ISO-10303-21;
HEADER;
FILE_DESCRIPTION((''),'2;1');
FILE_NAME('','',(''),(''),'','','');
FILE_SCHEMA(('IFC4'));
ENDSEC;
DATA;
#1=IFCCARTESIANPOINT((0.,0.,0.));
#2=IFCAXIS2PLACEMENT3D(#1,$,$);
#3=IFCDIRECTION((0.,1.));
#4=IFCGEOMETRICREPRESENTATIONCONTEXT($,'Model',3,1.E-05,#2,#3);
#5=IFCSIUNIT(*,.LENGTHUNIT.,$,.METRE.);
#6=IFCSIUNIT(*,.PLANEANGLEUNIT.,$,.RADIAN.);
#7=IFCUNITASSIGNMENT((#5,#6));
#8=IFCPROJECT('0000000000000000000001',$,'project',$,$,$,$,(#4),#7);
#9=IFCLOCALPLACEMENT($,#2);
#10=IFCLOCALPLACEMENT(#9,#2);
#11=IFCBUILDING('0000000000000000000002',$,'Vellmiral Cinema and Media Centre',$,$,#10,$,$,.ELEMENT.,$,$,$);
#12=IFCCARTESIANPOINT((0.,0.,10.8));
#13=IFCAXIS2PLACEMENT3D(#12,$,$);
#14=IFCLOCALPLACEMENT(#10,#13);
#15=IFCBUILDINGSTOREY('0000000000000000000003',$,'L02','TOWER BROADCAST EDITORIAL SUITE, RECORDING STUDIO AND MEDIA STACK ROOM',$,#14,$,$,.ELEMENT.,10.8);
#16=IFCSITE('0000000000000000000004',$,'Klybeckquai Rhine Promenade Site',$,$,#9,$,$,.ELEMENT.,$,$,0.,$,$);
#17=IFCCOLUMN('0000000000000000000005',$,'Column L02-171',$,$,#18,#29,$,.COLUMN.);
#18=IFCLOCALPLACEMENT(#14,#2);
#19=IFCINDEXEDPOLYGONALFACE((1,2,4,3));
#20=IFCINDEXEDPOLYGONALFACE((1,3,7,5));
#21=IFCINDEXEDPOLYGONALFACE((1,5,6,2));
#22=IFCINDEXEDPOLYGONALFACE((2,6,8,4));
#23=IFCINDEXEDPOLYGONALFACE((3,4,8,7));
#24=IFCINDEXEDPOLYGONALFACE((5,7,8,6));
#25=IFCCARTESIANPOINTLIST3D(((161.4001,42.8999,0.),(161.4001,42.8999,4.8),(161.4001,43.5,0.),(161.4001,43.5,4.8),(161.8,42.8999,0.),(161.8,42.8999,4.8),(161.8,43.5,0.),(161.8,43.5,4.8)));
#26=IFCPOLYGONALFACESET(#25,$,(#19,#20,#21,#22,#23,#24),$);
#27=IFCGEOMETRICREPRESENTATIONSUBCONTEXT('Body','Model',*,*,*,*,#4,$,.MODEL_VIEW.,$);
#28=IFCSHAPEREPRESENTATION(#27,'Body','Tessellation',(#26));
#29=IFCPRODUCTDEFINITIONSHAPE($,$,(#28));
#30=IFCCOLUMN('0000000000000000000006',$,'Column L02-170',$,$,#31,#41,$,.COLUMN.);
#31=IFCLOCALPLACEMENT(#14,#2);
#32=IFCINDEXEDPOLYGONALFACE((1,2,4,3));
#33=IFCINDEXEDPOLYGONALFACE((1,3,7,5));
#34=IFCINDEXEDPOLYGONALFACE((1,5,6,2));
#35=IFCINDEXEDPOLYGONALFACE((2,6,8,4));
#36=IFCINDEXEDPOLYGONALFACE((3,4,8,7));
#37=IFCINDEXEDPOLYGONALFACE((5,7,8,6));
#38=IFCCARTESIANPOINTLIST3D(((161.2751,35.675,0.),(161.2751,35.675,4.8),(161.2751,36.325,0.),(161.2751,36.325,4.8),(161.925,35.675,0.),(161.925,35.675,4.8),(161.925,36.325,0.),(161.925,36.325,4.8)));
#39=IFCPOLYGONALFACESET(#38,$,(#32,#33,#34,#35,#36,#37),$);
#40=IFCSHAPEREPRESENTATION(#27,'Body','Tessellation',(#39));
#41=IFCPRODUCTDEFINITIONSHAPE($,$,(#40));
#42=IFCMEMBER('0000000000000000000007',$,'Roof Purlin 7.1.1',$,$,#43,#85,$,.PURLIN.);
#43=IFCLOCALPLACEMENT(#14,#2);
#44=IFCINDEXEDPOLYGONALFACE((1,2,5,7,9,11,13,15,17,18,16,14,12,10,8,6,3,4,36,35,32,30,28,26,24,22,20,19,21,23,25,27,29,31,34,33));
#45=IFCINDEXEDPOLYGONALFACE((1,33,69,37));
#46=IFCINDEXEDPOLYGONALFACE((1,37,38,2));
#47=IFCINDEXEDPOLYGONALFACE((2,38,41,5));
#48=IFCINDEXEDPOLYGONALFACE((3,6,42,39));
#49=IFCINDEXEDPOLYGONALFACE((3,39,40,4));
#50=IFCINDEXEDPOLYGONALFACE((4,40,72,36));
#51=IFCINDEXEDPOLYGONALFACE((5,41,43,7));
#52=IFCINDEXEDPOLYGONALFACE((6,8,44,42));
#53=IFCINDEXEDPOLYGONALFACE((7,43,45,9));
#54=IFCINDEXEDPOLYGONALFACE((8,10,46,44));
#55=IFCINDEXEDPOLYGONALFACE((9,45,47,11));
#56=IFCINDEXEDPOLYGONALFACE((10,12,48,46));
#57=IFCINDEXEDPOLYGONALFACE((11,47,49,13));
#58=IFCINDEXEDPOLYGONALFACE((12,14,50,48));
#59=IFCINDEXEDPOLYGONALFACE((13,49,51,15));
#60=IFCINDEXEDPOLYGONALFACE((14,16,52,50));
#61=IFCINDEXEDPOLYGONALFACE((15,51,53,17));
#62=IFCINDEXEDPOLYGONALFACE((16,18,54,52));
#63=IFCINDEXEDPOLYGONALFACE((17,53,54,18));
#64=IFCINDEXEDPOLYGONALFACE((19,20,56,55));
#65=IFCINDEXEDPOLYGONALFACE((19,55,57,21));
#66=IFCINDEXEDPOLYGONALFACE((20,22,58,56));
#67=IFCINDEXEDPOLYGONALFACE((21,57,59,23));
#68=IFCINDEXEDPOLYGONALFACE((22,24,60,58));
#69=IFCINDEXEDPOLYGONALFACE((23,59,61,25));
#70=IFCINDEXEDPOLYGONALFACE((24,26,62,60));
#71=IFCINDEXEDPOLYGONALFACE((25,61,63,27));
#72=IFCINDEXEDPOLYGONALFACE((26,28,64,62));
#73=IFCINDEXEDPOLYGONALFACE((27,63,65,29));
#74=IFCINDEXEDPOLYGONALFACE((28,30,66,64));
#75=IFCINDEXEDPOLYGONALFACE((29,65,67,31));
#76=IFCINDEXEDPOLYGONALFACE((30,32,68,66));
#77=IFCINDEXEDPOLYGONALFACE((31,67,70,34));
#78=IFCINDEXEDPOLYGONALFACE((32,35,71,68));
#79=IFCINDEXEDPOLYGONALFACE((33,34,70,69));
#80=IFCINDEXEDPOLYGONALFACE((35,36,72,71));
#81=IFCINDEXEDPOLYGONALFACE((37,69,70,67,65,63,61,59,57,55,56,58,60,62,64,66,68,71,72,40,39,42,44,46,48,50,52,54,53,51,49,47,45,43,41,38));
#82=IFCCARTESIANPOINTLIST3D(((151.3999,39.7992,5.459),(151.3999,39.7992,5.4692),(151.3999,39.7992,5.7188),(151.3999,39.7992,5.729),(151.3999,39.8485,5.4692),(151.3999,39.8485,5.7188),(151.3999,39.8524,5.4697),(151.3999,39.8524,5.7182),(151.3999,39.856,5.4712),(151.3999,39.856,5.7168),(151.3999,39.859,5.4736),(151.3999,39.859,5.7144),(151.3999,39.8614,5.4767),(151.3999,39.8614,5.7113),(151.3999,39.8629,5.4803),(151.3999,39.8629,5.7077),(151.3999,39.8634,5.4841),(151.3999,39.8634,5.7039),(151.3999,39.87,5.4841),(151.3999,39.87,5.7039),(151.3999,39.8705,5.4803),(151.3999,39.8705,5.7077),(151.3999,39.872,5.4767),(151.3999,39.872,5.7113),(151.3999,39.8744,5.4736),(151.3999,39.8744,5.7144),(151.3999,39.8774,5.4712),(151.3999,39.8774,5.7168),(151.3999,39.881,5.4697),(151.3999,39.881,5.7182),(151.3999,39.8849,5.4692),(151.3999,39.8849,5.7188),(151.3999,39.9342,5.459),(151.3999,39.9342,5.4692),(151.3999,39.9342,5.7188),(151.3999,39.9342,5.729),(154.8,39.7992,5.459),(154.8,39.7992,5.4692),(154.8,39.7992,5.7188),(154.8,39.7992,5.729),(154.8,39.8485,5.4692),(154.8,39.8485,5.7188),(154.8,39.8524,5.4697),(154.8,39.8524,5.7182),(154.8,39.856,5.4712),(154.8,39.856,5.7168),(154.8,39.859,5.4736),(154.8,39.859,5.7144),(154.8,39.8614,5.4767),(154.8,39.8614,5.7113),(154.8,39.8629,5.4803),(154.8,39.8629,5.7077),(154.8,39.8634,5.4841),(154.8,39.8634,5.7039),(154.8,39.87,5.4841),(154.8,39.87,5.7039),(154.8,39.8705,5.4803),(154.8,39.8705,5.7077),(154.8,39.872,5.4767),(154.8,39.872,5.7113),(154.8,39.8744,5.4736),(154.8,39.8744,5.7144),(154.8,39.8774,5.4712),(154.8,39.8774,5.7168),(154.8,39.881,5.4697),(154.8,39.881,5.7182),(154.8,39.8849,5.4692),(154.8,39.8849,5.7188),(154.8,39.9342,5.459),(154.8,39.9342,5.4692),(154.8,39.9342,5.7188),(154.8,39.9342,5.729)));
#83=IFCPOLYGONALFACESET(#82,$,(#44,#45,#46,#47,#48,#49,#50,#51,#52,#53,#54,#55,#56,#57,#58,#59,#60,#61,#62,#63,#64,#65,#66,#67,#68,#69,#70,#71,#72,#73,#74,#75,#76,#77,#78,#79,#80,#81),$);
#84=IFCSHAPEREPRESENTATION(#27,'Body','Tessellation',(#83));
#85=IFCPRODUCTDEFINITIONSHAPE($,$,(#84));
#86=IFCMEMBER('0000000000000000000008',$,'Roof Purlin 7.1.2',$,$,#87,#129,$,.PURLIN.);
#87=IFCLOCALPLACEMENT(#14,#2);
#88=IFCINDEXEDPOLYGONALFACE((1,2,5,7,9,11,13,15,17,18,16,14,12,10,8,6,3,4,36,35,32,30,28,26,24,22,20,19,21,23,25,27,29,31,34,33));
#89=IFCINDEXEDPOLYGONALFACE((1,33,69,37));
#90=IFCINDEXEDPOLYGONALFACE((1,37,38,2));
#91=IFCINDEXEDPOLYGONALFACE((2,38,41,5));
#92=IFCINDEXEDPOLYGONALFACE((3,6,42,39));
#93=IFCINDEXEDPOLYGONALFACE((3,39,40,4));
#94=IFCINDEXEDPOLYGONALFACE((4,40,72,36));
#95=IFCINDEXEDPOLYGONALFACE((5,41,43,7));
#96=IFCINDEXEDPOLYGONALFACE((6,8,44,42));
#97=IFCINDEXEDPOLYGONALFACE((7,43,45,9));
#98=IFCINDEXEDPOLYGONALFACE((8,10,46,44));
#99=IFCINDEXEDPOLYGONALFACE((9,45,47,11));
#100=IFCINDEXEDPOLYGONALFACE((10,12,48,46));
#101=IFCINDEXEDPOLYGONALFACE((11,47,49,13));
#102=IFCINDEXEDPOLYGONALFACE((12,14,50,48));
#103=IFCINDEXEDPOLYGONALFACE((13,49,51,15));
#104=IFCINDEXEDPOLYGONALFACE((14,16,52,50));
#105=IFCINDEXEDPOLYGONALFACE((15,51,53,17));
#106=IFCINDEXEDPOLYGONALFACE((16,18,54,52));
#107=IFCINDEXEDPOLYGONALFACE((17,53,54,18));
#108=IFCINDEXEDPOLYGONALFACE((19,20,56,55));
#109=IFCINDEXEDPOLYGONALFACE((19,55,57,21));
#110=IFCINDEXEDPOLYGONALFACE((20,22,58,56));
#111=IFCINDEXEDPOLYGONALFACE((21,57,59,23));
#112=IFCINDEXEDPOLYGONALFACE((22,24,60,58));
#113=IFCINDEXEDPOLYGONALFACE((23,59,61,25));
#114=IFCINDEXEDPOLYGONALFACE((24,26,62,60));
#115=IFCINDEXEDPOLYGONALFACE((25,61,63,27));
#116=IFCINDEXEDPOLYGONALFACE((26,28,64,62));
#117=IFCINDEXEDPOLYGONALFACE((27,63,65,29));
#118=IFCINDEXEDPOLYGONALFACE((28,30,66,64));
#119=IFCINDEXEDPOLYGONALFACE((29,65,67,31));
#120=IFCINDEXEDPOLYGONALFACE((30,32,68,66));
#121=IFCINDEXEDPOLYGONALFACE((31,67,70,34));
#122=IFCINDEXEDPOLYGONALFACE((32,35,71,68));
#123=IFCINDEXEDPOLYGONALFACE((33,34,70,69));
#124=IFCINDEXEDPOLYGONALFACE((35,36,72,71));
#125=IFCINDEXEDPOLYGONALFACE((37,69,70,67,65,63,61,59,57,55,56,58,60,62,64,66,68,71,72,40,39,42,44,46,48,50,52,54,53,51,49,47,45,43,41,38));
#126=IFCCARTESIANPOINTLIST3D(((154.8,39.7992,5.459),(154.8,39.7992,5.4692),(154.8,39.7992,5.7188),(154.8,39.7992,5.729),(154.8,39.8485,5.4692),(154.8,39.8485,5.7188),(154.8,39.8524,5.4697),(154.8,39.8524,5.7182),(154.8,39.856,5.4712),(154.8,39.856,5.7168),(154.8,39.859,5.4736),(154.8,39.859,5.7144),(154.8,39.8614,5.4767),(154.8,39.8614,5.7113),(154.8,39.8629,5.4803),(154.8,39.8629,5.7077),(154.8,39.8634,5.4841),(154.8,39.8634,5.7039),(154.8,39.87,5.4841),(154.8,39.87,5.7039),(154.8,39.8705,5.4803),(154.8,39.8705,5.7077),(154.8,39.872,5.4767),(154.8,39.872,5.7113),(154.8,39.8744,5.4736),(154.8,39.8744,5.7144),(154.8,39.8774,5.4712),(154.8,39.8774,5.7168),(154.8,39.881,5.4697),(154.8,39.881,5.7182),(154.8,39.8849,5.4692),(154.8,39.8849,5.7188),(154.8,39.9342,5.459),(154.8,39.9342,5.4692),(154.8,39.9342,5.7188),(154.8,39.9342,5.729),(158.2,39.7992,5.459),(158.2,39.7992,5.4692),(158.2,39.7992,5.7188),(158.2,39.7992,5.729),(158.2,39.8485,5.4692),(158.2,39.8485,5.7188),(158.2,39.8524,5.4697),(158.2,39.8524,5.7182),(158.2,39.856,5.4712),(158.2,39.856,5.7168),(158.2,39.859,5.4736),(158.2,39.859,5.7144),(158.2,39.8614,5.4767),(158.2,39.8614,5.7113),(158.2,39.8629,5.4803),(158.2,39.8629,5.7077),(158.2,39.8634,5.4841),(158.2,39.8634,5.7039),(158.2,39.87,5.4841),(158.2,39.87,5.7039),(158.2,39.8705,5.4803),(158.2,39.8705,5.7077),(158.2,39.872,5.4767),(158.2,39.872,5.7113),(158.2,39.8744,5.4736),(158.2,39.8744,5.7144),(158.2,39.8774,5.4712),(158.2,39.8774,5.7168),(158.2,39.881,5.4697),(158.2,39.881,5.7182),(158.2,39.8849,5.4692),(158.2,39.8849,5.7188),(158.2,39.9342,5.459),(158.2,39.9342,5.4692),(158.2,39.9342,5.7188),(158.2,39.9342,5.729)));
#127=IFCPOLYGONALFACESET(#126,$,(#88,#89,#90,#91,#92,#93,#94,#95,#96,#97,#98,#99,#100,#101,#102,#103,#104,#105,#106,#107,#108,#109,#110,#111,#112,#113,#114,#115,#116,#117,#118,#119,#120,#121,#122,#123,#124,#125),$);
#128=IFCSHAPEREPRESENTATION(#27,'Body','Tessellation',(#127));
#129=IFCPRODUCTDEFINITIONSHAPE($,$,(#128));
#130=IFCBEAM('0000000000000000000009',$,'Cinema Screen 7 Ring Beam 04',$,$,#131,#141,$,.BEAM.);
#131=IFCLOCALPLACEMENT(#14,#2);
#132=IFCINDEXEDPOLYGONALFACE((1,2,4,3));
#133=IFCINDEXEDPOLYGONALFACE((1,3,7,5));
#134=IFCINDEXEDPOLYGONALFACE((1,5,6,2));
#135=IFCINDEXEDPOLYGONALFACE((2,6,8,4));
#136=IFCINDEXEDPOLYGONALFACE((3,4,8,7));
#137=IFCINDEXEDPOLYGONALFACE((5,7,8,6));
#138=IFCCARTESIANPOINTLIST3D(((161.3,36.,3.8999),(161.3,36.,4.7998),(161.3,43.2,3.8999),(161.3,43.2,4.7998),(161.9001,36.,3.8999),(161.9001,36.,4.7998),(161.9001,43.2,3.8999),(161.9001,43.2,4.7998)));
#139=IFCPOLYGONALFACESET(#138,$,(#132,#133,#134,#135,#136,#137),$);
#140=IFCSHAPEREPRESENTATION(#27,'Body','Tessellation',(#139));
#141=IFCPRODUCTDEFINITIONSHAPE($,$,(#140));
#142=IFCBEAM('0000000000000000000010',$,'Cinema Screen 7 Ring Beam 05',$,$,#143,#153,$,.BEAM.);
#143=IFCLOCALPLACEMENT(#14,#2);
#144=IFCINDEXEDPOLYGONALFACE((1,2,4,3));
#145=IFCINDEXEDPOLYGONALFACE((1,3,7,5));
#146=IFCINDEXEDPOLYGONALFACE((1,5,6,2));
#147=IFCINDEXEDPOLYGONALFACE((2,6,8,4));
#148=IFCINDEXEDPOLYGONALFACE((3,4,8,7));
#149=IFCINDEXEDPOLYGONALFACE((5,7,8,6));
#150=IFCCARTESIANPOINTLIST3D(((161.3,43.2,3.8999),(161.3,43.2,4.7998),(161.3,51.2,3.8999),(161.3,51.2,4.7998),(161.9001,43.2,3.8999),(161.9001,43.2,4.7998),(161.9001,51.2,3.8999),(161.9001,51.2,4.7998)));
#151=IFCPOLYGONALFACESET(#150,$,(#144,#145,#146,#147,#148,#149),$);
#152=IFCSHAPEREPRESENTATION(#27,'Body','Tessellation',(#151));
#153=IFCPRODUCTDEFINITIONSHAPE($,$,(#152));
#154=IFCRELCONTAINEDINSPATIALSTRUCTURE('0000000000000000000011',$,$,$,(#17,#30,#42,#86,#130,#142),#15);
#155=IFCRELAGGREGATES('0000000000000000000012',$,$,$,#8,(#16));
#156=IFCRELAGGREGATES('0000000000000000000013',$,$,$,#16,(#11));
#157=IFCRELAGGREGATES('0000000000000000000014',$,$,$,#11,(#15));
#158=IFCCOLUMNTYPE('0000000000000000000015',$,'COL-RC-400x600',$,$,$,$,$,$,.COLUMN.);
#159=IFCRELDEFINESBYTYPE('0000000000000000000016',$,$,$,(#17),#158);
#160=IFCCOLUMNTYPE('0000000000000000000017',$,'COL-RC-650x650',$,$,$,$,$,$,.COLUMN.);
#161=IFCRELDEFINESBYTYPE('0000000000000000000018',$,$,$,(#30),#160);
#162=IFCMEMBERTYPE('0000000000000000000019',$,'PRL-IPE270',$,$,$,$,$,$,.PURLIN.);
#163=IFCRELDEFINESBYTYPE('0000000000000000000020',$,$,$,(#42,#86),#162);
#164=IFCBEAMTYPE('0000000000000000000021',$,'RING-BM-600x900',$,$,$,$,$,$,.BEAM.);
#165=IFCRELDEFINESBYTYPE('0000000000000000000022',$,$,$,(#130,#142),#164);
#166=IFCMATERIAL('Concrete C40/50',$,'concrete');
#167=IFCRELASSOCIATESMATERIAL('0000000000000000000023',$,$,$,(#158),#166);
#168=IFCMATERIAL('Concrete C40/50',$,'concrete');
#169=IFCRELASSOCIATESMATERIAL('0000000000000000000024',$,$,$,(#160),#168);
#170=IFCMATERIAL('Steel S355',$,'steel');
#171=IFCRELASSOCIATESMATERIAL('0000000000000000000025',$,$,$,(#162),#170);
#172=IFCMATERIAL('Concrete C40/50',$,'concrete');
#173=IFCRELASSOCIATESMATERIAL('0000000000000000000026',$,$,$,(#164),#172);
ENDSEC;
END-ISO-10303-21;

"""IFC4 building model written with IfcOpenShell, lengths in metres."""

from ifc_helpers import new_model, si_unit, direction, frame, origin, origin_2d, place, context, subcontext, project, spatial, rectangle, i_section, extrude, material, material_profile, profile_set, type_object, element, save


model = new_model("IFC4")

# Units and contexts
model_context = context("Model", 3, precision=1e-05, world=origin(), true_north=direction((0.0, 1.0)))
body_context = subcontext(model_context, "Body", "Model", "MODEL_VIEW")
ifc_project = project(units=[si_unit("LENGTHUNIT", "METRE"), si_unit("PLANEANGLEUNIT", "RADIAN")], contexts=[model_context])

# Site, building, storey
site_placement = place(None, origin())
site = spatial("IfcSite", under=ifc_project, at=site_placement, Name="Klybeckquai Rhine Promenade Site", CompositionType="ELEMENT", RefElevation=0.0)
building_placement = place(site_placement, origin())
building = spatial("IfcBuilding", under=site, at=building_placement, Name="Vellmiral Cinema and Media Centre", CompositionType="ELEMENT")
storey_placement = place(building_placement, frame((0.0, 0.0, 10.8)))
storey = spatial("IfcBuildingStorey", under=building, at=storey_placement, Name="L02", Description="TOWER BROADCAST EDITORIAL SUITE, RECORDING STUDIO AND MEDIA STACK ROOM", CompositionType="ELEMENT", Elevation=10.8)

# Columns
ifc_material_1 = material(Name="Concrete C40/50", Category="concrete")
ifc_material_profile_1 = material_profile(ifc_material_1, rectangle(XDim=0.3999, YDim=0.6001, at=origin_2d()), Name="RC 400x600")
ifc_profile_set_1 = profile_set([ifc_material_profile_1], Name="Concrete C40/50")
column_type_1 = type_object("IfcColumnType", Name="COL-RC-400x600", PredefinedType="COLUMN", material=ifc_profile_set_1)
column_1_placement = place(storey_placement, frame((161.6001, 43.2, 0.0), z_axis=(0.0, 0.0, 1.0), x_axis=(1.0, 0.0, 0.0)))
element("IfcColumn", 1, at=column_1_placement, inside=storey, type_object=column_type_1, Name="Column L02-171", PredefinedType="COLUMN", context=body_context, shape_type="SweptSolid", body=[
    extrude(rectangle(XDim=0.3999, YDim=0.6001, at=origin_2d()), origin(), (0.0, 0.0, 1.0), 4.8),
])
ifc_material_2 = material(Name="Concrete C40/50", Category="concrete")
ifc_material_profile_2 = material_profile(ifc_material_2, rectangle(XDim=0.6499, YDim=0.6499, at=origin_2d()), Name="RC 650x650")
ifc_profile_set_2 = profile_set([ifc_material_profile_2], Name="Concrete C40/50")
column_type_2 = type_object("IfcColumnType", Name="COL-RC-650x650", PredefinedType="COLUMN", material=ifc_profile_set_2)
column_2_placement = place(storey_placement, frame((161.6001, 36.0, 0.0), z_axis=(0.0, 0.0, 1.0), x_axis=(1.0, 0.0, 0.0)))
element("IfcColumn", 2, at=column_2_placement, inside=storey, type_object=column_type_2, Name="Column L02-170", PredefinedType="COLUMN", context=body_context, shape_type="SweptSolid", body=[
    extrude(rectangle(XDim=0.6499, YDim=0.6499, at=origin_2d()), origin(), (0.0, 0.0, 1.0), 4.8),
])

# Members
ifc_material_3 = material(Name="Steel S355", Category="steel")
ifc_material_profile_3 = material_profile(ifc_material_3, i_section(OverallWidth=0.135, OverallDepth=0.27, WebThickness=0.0066, FlangeThickness=0.0103, FilletRadius=0.0149, at=origin_2d()), Name="IPE 270")
ifc_profile_set_3 = profile_set([ifc_material_profile_3], Name="Steel S355")
member_type_1 = type_object("IfcMemberType", Name="PRL-IPE270", PredefinedType="PURLIN", material=ifc_profile_set_3)
member_1_placement = place(storey_placement, frame((151.3999, 39.8667, 5.594), z_axis=(1.0, 0.0, 0.0), x_axis=(0.0, 1.0, 0.0)))
element("IfcMember", 3, at=member_1_placement, inside=storey, type_object=member_type_1, Name="Roof Purlin 7.1.1", PredefinedType="PURLIN", context=body_context, shape_type="SweptSolid", body=[
    extrude(i_section(OverallWidth=0.135, OverallDepth=0.27, WebThickness=0.0066, FlangeThickness=0.0103, FilletRadius=0.0149, at=origin_2d()), origin(), (0.0, 0.0, 1.0), 3.4001),
])
member_2_placement = place(storey_placement, frame((154.8, 39.8667, 5.594), z_axis=(1.0, 0.0, 0.0), x_axis=(0.0, 1.0, 0.0)))
element("IfcMember", 4, at=member_2_placement, inside=storey, type_object=member_type_1, Name="Roof Purlin 7.1.2", PredefinedType="PURLIN", context=body_context, shape_type="SweptSolid", body=[
    extrude(i_section(OverallWidth=0.135, OverallDepth=0.27, WebThickness=0.0066, FlangeThickness=0.0103, FilletRadius=0.0149, at=origin_2d()), origin(), (0.0, 0.0, 1.0), 3.3999),
])

# Beams
ifc_material_4 = material(Name="Concrete C40/50", Category="concrete")
ifc_material_profile_4 = material_profile(ifc_material_4, rectangle(XDim=0.6001, YDim=0.8999, at=origin_2d()), Name="RC 600x900")
ifc_profile_set_4 = profile_set([ifc_material_profile_4], Name="Concrete C40/50")
beam_type = type_object("IfcBeamType", Name="RING-BM-600x900", PredefinedType="BEAM", material=ifc_profile_set_4)
beam_1_placement = place(storey_placement, frame((161.6001, 36.0, 4.3499), z_axis=(0.0, 1.0, 0.0), x_axis=(-1.0, 0.0, 0.0)))
element("IfcBeam", 5, at=beam_1_placement, inside=storey, type_object=beam_type, Name="Cinema Screen 7 Ring Beam 04", PredefinedType="BEAM", context=body_context, shape_type="SweptSolid", body=[
    extrude(rectangle(XDim=0.6001, YDim=0.8999, at=origin_2d()), origin(), (0.0, 0.0, 1.0), 7.2),
])
beam_2_placement = place(storey_placement, frame((161.6001, 43.2, 4.3499), z_axis=(0.0, 1.0, 0.0), x_axis=(-1.0, 0.0, 0.0)))
element("IfcBeam", 6, at=beam_2_placement, inside=storey, type_object=beam_type, Name="Cinema Screen 7 Ring Beam 05", PredefinedType="BEAM", context=body_context, shape_type="SweptSolid", body=[
    extrude(rectangle(XDim=0.6001, YDim=0.8999, at=origin_2d()), origin(), (0.0, 0.0, 1.0), 8.0),
])

save(model, "model.ifc")
